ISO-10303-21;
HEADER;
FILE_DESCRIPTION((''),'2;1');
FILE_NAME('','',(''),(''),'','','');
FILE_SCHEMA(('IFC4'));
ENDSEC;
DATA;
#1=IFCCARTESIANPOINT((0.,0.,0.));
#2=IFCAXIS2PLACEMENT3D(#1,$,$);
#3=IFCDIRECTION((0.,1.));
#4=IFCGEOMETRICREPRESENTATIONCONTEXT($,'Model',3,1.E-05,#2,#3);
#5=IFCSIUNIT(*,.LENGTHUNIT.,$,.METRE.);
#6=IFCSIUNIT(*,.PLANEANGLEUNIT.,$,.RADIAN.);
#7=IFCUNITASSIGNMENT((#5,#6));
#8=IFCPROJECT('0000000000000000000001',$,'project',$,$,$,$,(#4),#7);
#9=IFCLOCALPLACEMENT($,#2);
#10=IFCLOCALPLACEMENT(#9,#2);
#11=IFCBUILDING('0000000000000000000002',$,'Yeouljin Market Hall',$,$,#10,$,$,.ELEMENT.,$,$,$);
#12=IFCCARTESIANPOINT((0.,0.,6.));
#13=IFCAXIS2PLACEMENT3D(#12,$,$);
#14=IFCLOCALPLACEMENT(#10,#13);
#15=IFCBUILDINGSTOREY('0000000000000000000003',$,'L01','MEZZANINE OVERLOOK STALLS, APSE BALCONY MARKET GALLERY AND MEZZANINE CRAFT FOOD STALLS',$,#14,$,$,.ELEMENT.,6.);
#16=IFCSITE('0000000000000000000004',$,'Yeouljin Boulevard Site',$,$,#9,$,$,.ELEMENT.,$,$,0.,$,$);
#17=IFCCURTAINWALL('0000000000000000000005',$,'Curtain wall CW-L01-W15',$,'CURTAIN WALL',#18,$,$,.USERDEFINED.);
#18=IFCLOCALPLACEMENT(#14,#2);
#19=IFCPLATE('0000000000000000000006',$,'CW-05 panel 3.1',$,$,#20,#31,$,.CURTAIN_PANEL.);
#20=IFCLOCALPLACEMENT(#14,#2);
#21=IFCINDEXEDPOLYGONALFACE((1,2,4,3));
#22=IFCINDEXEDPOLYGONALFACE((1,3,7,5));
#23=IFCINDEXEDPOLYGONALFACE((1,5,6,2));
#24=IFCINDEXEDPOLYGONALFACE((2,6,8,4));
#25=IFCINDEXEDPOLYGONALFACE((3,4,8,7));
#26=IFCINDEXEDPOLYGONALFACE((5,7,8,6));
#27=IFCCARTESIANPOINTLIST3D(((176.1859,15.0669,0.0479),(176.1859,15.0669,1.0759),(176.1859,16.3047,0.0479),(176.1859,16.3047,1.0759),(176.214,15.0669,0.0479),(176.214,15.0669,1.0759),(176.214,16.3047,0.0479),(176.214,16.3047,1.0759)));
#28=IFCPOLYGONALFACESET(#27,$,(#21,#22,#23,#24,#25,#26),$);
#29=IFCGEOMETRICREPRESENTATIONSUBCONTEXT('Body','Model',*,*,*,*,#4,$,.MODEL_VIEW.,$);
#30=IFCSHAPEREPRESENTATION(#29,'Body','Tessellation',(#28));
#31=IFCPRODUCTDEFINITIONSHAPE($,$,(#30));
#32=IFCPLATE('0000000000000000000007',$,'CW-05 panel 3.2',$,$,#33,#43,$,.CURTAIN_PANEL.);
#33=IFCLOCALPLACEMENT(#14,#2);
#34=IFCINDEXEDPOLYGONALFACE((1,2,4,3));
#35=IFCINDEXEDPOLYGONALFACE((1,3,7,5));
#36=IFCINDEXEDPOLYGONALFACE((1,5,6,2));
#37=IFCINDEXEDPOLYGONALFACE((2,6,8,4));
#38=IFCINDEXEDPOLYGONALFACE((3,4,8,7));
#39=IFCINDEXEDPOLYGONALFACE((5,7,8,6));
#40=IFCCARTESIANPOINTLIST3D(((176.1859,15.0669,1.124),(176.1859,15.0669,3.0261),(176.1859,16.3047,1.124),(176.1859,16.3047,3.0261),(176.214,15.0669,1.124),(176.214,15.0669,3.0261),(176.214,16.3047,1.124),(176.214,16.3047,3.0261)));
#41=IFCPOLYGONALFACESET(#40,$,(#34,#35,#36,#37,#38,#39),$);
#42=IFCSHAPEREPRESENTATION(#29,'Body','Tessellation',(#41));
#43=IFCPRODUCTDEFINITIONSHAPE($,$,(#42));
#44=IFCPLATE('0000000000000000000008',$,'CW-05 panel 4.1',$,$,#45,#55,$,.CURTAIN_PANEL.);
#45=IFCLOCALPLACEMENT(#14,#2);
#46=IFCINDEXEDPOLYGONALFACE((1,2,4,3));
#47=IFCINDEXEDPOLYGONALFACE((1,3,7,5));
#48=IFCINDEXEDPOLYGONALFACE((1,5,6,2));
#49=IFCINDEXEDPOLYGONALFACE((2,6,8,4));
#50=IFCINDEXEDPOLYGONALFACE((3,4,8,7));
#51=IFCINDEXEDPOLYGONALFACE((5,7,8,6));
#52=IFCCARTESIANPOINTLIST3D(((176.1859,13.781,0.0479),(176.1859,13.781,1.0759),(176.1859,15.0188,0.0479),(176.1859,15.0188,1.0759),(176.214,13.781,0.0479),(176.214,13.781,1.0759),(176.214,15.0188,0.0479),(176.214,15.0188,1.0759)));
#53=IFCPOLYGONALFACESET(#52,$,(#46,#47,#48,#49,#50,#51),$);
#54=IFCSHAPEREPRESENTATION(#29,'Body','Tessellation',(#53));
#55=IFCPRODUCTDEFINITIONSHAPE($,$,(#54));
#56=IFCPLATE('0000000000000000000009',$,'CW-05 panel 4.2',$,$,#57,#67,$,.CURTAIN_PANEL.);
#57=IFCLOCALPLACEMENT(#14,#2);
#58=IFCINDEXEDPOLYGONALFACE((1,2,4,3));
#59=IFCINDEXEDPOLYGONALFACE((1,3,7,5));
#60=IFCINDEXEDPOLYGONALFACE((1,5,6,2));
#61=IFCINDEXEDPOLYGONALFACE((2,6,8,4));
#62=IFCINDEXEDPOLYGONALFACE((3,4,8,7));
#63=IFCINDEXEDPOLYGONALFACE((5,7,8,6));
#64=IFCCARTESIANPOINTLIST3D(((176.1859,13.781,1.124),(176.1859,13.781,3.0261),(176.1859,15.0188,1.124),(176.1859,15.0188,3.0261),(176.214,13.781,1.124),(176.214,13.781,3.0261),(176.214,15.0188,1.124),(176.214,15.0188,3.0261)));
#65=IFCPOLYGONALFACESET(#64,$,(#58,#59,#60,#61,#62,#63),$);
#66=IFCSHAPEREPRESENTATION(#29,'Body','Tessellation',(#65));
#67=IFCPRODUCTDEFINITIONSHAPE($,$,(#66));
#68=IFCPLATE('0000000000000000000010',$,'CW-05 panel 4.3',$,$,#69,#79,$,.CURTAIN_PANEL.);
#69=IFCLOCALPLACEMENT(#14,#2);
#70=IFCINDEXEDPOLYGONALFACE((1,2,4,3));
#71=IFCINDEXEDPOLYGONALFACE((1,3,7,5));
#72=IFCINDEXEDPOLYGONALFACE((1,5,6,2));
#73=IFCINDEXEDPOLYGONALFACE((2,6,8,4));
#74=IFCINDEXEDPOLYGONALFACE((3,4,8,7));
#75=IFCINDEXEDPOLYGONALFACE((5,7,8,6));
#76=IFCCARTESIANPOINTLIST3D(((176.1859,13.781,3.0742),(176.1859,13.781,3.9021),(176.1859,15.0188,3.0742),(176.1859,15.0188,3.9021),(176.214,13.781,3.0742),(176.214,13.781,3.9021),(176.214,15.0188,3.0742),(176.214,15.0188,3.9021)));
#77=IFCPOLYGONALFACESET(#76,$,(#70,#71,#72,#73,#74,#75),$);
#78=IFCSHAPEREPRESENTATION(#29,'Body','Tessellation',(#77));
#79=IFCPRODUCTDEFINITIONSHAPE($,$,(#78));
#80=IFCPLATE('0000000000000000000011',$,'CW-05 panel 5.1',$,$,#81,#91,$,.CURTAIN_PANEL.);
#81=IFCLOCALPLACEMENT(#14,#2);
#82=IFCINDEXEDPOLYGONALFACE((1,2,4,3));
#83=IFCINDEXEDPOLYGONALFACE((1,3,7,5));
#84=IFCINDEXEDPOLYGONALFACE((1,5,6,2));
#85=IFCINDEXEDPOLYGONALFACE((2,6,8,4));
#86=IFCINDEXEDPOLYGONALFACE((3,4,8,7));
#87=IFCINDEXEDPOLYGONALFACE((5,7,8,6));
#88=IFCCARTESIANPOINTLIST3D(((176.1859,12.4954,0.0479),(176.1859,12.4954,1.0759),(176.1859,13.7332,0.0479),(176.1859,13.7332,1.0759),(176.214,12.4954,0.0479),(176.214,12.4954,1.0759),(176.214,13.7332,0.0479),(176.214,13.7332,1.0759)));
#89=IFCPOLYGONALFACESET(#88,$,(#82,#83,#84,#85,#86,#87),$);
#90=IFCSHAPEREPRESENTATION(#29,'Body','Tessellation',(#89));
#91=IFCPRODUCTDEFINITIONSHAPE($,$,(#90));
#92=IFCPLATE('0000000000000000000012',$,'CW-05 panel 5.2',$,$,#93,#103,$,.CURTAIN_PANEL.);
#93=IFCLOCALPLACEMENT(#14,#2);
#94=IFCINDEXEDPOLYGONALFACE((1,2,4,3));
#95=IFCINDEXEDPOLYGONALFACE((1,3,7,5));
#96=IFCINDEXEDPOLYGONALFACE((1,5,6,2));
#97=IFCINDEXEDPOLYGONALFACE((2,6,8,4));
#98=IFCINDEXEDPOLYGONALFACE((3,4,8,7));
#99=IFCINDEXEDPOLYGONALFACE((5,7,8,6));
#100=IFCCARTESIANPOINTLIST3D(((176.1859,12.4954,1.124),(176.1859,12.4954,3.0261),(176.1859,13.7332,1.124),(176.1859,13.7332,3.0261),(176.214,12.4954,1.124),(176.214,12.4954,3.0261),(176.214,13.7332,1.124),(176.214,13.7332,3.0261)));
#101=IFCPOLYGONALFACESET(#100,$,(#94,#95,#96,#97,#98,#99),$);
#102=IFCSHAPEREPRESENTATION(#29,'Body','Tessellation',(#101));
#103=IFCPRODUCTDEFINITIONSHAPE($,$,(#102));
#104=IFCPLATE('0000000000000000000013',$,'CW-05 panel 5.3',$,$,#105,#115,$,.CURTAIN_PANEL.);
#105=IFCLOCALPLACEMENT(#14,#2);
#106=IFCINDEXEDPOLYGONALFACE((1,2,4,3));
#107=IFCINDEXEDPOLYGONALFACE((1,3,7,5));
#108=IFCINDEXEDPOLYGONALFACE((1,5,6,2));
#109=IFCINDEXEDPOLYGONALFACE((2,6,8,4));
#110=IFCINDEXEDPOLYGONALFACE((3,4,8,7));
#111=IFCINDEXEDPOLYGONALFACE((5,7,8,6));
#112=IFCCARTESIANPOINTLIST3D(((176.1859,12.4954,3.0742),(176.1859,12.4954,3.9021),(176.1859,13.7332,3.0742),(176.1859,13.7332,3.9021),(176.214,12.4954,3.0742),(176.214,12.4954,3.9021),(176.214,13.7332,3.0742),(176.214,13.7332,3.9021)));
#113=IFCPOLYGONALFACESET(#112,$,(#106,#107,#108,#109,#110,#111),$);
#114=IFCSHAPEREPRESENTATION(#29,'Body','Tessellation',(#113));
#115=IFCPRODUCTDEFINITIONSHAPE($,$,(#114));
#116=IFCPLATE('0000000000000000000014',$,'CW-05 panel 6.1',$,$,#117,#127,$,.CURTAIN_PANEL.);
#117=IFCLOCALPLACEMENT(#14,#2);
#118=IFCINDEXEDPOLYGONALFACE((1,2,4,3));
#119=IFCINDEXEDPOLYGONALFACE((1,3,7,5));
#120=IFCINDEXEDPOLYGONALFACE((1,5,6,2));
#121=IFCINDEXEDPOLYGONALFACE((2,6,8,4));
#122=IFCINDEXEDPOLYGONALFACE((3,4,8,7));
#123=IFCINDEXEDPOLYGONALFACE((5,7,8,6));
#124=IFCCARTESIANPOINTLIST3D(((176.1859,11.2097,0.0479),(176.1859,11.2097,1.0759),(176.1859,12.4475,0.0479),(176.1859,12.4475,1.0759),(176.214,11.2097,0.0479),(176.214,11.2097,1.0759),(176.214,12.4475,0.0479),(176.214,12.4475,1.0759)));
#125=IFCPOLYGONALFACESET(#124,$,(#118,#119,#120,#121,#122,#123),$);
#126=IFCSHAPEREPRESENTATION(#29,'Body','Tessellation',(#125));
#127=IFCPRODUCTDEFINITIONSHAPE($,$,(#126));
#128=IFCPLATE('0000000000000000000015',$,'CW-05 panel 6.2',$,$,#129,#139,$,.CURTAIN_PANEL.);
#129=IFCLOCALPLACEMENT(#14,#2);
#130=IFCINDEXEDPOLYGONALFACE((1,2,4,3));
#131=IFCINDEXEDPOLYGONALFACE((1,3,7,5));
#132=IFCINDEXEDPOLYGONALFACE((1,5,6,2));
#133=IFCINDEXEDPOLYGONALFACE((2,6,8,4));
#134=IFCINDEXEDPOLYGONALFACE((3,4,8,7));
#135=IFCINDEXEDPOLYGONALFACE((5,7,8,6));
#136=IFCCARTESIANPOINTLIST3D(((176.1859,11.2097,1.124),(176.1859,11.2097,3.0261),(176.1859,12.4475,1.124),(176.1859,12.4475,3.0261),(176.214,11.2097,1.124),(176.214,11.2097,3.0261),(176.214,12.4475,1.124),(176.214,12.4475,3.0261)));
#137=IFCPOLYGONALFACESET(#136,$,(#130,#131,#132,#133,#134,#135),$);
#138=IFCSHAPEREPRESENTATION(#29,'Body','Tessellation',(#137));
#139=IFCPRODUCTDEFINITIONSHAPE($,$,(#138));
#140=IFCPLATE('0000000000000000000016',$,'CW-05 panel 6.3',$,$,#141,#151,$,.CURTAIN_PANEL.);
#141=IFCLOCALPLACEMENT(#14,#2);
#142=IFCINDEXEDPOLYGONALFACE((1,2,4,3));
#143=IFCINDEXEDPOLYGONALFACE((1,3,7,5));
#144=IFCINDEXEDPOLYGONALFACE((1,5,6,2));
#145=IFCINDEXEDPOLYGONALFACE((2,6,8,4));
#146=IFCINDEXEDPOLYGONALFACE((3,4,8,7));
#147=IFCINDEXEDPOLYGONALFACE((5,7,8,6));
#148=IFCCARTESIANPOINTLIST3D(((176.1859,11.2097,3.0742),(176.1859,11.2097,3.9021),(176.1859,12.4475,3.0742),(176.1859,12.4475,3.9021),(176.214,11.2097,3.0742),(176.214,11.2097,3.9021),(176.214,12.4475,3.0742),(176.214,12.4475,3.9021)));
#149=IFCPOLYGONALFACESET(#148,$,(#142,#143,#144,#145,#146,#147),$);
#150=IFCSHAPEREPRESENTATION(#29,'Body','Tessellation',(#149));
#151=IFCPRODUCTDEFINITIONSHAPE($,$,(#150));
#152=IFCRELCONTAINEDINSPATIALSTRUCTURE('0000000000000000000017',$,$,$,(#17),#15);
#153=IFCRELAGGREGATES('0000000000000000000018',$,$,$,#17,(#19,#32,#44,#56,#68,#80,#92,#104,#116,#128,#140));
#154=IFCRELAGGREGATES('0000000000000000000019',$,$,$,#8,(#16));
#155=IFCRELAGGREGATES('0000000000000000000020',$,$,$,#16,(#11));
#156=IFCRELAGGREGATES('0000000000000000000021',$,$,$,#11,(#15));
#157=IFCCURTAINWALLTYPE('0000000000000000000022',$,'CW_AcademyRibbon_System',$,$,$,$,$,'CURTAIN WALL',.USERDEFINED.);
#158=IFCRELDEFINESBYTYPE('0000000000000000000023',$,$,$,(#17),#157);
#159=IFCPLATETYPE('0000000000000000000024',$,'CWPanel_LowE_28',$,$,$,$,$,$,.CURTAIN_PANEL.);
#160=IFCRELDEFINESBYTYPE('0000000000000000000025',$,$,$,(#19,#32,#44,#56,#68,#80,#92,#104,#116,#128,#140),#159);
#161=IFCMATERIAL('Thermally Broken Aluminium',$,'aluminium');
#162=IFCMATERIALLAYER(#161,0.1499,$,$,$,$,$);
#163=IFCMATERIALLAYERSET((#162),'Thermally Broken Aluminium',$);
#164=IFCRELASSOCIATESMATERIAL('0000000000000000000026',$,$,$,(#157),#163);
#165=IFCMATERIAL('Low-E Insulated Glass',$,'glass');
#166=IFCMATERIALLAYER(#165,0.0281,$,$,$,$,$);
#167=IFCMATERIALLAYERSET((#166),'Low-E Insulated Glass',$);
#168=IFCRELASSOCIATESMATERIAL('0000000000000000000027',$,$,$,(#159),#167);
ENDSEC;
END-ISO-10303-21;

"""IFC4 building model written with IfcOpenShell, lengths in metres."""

from ifc_helpers import new_model, si_unit, direction, frame, origin, origin_2d, place, context, subcontext, project, spatial, rectangle, extrude, material, layer, layer_set, type_object, element, aggregate, save


model = new_model("IFC4")

# Units and contexts
model_context = context("Model", 3, precision=1e-05, world=origin(), true_north=direction((0.0, 1.0)))
body_context = subcontext(model_context, "Body", "Model", "MODEL_VIEW")
ifc_project = project(units=[si_unit("LENGTHUNIT", "METRE"), si_unit("PLANEANGLEUNIT", "RADIAN")], contexts=[model_context])

# Site, building, storey
site_placement = place(None, origin())
site = spatial("IfcSite", under=ifc_project, at=site_placement, Name="Yeouljin Boulevard Site", CompositionType="ELEMENT", RefElevation=0.0)
building_placement = place(site_placement, origin())
building = spatial("IfcBuilding", under=site, at=building_placement, Name="Yeouljin Market Hall", CompositionType="ELEMENT")
storey_placement = place(building_placement, frame((0.0, 0.0, 6.0)))
storey = spatial("IfcBuildingStorey", under=building, at=storey_placement, Name="L01", Description="MEZZANINE OVERLOOK STALLS, APSE BALCONY MARKET GALLERY AND MEZZANINE CRAFT FOOD STALLS", CompositionType="ELEMENT", Elevation=6.0)

# Curtain wall, plates
ifc_material_1 = material(Name="Thermally Broken Aluminium", Category="aluminium")
ifc_layer_1 = layer(ifc_material_1, 0.1499)
ifc_layer_set_1 = layer_set([ifc_layer_1], Name="Thermally Broken Aluminium")
curtain_wall_type = type_object("IfcCurtainWallType", Name="CW_AcademyRibbon_System", ElementType="CURTAIN WALL", PredefinedType="USERDEFINED", material=ifc_layer_set_1)
curtain_wall_placement = place(storey_placement, origin())
curtain_wall = element("IfcCurtainWall", 1, at=curtain_wall_placement, inside=storey, type_object=curtain_wall_type, Name="Curtain wall CW-L01-W15", ObjectType="CURTAIN WALL", PredefinedType="USERDEFINED")
ifc_material_2 = material(Name="Low-E Insulated Glass", Category="glass")
ifc_layer_2 = layer(ifc_material_2, 0.0281)
ifc_layer_set_2 = layer_set([ifc_layer_2], Name="Low-E Insulated Glass")
plate_type = type_object("IfcPlateType", Name="CWPanel_LowE_28", PredefinedType="CURTAIN_PANEL", material=ifc_layer_set_2)
plate_1_placement = place(storey_placement, frame((176.2, 15.6858, 0.0479), z_axis=(0.0, 0.0, 1.0), x_axis=(0.0, -1.0, 0.0)))
plate_1 = element("IfcPlate", 2, at=plate_1_placement, type_object=plate_type, Name="CW-05 panel 3.1", PredefinedType="CURTAIN_PANEL", context=body_context, shape_type="SweptSolid", body=[
    extrude(rectangle(XDim=1.2378, YDim=0.0281, at=origin_2d()), origin(), (0.0, 0.0, 1.0), 1.0281),
])
plate_2_placement = place(storey_placement, frame((176.2, 15.6858, 1.124), z_axis=(0.0, 0.0, 1.0), x_axis=(0.0, -1.0, 0.0)))
plate_2 = element("IfcPlate", 3, at=plate_2_placement, type_object=plate_type, Name="CW-05 panel 3.2", PredefinedType="CURTAIN_PANEL", context=body_context, shape_type="SweptSolid", body=[
    extrude(rectangle(XDim=1.2378, YDim=0.0281, at=origin_2d()), origin(), (0.0, 0.0, 1.0), 1.9021),
])
plate_3_placement = place(storey_placement, frame((176.2, 14.3999, 0.0479), z_axis=(0.0, 0.0, 1.0), x_axis=(0.0, -1.0, 0.0)))
plate_3 = element("IfcPlate", 4, at=plate_3_placement, type_object=plate_type, Name="CW-05 panel 4.1", PredefinedType="CURTAIN_PANEL", context=body_context, shape_type="SweptSolid", body=[
    extrude(rectangle(XDim=1.2378, YDim=0.0281, at=origin_2d()), origin(), (0.0, 0.0, 1.0), 1.0281),
])
plate_4_placement = place(storey_placement, frame((176.2, 14.3999, 1.124), z_axis=(0.0, 0.0, 1.0), x_axis=(0.0, -1.0, 0.0)))
plate_4 = element("IfcPlate", 5, at=plate_4_placement, type_object=plate_type, Name="CW-05 panel 4.2", PredefinedType="CURTAIN_PANEL", context=body_context, shape_type="SweptSolid", body=[
    extrude(rectangle(XDim=1.2378, YDim=0.0281, at=origin_2d()), origin(), (0.0, 0.0, 1.0), 1.9021),
])
plate_5_placement = place(storey_placement, frame((176.2, 14.3999, 3.0742), z_axis=(0.0, 0.0, 1.0), x_axis=(0.0, -1.0, 0.0)))
plate_5 = element("IfcPlate", 6, at=plate_5_placement, type_object=plate_type, Name="CW-05 panel 4.3", PredefinedType="CURTAIN_PANEL", context=body_context, shape_type="SweptSolid", body=[
    extrude(rectangle(XDim=1.2378, YDim=0.0281, at=origin_2d()), origin(), (0.0, 0.0, 1.0), 0.8279),
])
plate_6_placement = place(storey_placement, frame((176.2, 13.1143, 0.0479), z_axis=(0.0, 0.0, 1.0), x_axis=(0.0, -1.0, 0.0)))
plate_6 = element("IfcPlate", 7, at=plate_6_placement, type_object=plate_type, Name="CW-05 panel 5.1", PredefinedType="CURTAIN_PANEL", context=body_context, shape_type="SweptSolid", body=[
    extrude(rectangle(XDim=1.2378, YDim=0.0281, at=origin_2d()), origin(), (0.0, 0.0, 1.0), 1.0281),
])
plate_7_placement = place(storey_placement, frame((176.2, 13.1143, 1.124), z_axis=(0.0, 0.0, 1.0), x_axis=(0.0, -1.0, 0.0)))
plate_7 = element("IfcPlate", 8, at=plate_7_placement, type_object=plate_type, Name="CW-05 panel 5.2", PredefinedType="CURTAIN_PANEL", context=body_context, shape_type="SweptSolid", body=[
    extrude(rectangle(XDim=1.2378, YDim=0.0281, at=origin_2d()), origin(), (0.0, 0.0, 1.0), 1.9021),
])
plate_8_placement = place(storey_placement, frame((176.2, 13.1143, 3.0742), z_axis=(0.0, 0.0, 1.0), x_axis=(0.0, -1.0, 0.0)))
plate_8 = element("IfcPlate", 9, at=plate_8_placement, type_object=plate_type, Name="CW-05 panel 5.3", PredefinedType="CURTAIN_PANEL", context=body_context, shape_type="SweptSolid", body=[
    extrude(rectangle(XDim=1.2378, YDim=0.0281, at=origin_2d()), origin(), (0.0, 0.0, 1.0), 0.8279),
])
plate_9_placement = place(storey_placement, frame((176.2, 11.8286, 0.0479), z_axis=(0.0, 0.0, 1.0), x_axis=(0.0, -1.0, 0.0)))
plate_9 = element("IfcPlate", 10, at=plate_9_placement, type_object=plate_type, Name="CW-05 panel 6.1", PredefinedType="CURTAIN_PANEL", context=body_context, shape_type="SweptSolid", body=[
    extrude(rectangle(XDim=1.2378, YDim=0.0281, at=origin_2d()), origin(), (0.0, 0.0, 1.0), 1.0281),
])
plate_10_placement = place(storey_placement, frame((176.2, 11.8286, 1.124), z_axis=(0.0, 0.0, 1.0), x_axis=(0.0, -1.0, 0.0)))
plate_10 = element("IfcPlate", 11, at=plate_10_placement, type_object=plate_type, Name="CW-05 panel 6.2", PredefinedType="CURTAIN_PANEL", context=body_context, shape_type="SweptSolid", body=[
    extrude(rectangle(XDim=1.2378, YDim=0.0281, at=origin_2d()), origin(), (0.0, 0.0, 1.0), 1.9021),
])
plate_11_placement = place(storey_placement, frame((176.2, 11.8286, 3.0742), z_axis=(0.0, 0.0, 1.0), x_axis=(0.0, -1.0, 0.0)))
plate_11 = element("IfcPlate", 12, at=plate_11_placement, type_object=plate_type, Name="CW-05 panel 6.3", PredefinedType="CURTAIN_PANEL", context=body_context, shape_type="SweptSolid", body=[
    extrude(rectangle(XDim=1.2378, YDim=0.0281, at=origin_2d()), origin(), (0.0, 0.0, 1.0), 0.8279),
])
aggregate(curtain_wall, [plate_1, plate_2, plate_3, plate_4, plate_5, plate_6, plate_7, plate_8, plate_9, plate_10, plate_11])

save(model, "model.ifc")
